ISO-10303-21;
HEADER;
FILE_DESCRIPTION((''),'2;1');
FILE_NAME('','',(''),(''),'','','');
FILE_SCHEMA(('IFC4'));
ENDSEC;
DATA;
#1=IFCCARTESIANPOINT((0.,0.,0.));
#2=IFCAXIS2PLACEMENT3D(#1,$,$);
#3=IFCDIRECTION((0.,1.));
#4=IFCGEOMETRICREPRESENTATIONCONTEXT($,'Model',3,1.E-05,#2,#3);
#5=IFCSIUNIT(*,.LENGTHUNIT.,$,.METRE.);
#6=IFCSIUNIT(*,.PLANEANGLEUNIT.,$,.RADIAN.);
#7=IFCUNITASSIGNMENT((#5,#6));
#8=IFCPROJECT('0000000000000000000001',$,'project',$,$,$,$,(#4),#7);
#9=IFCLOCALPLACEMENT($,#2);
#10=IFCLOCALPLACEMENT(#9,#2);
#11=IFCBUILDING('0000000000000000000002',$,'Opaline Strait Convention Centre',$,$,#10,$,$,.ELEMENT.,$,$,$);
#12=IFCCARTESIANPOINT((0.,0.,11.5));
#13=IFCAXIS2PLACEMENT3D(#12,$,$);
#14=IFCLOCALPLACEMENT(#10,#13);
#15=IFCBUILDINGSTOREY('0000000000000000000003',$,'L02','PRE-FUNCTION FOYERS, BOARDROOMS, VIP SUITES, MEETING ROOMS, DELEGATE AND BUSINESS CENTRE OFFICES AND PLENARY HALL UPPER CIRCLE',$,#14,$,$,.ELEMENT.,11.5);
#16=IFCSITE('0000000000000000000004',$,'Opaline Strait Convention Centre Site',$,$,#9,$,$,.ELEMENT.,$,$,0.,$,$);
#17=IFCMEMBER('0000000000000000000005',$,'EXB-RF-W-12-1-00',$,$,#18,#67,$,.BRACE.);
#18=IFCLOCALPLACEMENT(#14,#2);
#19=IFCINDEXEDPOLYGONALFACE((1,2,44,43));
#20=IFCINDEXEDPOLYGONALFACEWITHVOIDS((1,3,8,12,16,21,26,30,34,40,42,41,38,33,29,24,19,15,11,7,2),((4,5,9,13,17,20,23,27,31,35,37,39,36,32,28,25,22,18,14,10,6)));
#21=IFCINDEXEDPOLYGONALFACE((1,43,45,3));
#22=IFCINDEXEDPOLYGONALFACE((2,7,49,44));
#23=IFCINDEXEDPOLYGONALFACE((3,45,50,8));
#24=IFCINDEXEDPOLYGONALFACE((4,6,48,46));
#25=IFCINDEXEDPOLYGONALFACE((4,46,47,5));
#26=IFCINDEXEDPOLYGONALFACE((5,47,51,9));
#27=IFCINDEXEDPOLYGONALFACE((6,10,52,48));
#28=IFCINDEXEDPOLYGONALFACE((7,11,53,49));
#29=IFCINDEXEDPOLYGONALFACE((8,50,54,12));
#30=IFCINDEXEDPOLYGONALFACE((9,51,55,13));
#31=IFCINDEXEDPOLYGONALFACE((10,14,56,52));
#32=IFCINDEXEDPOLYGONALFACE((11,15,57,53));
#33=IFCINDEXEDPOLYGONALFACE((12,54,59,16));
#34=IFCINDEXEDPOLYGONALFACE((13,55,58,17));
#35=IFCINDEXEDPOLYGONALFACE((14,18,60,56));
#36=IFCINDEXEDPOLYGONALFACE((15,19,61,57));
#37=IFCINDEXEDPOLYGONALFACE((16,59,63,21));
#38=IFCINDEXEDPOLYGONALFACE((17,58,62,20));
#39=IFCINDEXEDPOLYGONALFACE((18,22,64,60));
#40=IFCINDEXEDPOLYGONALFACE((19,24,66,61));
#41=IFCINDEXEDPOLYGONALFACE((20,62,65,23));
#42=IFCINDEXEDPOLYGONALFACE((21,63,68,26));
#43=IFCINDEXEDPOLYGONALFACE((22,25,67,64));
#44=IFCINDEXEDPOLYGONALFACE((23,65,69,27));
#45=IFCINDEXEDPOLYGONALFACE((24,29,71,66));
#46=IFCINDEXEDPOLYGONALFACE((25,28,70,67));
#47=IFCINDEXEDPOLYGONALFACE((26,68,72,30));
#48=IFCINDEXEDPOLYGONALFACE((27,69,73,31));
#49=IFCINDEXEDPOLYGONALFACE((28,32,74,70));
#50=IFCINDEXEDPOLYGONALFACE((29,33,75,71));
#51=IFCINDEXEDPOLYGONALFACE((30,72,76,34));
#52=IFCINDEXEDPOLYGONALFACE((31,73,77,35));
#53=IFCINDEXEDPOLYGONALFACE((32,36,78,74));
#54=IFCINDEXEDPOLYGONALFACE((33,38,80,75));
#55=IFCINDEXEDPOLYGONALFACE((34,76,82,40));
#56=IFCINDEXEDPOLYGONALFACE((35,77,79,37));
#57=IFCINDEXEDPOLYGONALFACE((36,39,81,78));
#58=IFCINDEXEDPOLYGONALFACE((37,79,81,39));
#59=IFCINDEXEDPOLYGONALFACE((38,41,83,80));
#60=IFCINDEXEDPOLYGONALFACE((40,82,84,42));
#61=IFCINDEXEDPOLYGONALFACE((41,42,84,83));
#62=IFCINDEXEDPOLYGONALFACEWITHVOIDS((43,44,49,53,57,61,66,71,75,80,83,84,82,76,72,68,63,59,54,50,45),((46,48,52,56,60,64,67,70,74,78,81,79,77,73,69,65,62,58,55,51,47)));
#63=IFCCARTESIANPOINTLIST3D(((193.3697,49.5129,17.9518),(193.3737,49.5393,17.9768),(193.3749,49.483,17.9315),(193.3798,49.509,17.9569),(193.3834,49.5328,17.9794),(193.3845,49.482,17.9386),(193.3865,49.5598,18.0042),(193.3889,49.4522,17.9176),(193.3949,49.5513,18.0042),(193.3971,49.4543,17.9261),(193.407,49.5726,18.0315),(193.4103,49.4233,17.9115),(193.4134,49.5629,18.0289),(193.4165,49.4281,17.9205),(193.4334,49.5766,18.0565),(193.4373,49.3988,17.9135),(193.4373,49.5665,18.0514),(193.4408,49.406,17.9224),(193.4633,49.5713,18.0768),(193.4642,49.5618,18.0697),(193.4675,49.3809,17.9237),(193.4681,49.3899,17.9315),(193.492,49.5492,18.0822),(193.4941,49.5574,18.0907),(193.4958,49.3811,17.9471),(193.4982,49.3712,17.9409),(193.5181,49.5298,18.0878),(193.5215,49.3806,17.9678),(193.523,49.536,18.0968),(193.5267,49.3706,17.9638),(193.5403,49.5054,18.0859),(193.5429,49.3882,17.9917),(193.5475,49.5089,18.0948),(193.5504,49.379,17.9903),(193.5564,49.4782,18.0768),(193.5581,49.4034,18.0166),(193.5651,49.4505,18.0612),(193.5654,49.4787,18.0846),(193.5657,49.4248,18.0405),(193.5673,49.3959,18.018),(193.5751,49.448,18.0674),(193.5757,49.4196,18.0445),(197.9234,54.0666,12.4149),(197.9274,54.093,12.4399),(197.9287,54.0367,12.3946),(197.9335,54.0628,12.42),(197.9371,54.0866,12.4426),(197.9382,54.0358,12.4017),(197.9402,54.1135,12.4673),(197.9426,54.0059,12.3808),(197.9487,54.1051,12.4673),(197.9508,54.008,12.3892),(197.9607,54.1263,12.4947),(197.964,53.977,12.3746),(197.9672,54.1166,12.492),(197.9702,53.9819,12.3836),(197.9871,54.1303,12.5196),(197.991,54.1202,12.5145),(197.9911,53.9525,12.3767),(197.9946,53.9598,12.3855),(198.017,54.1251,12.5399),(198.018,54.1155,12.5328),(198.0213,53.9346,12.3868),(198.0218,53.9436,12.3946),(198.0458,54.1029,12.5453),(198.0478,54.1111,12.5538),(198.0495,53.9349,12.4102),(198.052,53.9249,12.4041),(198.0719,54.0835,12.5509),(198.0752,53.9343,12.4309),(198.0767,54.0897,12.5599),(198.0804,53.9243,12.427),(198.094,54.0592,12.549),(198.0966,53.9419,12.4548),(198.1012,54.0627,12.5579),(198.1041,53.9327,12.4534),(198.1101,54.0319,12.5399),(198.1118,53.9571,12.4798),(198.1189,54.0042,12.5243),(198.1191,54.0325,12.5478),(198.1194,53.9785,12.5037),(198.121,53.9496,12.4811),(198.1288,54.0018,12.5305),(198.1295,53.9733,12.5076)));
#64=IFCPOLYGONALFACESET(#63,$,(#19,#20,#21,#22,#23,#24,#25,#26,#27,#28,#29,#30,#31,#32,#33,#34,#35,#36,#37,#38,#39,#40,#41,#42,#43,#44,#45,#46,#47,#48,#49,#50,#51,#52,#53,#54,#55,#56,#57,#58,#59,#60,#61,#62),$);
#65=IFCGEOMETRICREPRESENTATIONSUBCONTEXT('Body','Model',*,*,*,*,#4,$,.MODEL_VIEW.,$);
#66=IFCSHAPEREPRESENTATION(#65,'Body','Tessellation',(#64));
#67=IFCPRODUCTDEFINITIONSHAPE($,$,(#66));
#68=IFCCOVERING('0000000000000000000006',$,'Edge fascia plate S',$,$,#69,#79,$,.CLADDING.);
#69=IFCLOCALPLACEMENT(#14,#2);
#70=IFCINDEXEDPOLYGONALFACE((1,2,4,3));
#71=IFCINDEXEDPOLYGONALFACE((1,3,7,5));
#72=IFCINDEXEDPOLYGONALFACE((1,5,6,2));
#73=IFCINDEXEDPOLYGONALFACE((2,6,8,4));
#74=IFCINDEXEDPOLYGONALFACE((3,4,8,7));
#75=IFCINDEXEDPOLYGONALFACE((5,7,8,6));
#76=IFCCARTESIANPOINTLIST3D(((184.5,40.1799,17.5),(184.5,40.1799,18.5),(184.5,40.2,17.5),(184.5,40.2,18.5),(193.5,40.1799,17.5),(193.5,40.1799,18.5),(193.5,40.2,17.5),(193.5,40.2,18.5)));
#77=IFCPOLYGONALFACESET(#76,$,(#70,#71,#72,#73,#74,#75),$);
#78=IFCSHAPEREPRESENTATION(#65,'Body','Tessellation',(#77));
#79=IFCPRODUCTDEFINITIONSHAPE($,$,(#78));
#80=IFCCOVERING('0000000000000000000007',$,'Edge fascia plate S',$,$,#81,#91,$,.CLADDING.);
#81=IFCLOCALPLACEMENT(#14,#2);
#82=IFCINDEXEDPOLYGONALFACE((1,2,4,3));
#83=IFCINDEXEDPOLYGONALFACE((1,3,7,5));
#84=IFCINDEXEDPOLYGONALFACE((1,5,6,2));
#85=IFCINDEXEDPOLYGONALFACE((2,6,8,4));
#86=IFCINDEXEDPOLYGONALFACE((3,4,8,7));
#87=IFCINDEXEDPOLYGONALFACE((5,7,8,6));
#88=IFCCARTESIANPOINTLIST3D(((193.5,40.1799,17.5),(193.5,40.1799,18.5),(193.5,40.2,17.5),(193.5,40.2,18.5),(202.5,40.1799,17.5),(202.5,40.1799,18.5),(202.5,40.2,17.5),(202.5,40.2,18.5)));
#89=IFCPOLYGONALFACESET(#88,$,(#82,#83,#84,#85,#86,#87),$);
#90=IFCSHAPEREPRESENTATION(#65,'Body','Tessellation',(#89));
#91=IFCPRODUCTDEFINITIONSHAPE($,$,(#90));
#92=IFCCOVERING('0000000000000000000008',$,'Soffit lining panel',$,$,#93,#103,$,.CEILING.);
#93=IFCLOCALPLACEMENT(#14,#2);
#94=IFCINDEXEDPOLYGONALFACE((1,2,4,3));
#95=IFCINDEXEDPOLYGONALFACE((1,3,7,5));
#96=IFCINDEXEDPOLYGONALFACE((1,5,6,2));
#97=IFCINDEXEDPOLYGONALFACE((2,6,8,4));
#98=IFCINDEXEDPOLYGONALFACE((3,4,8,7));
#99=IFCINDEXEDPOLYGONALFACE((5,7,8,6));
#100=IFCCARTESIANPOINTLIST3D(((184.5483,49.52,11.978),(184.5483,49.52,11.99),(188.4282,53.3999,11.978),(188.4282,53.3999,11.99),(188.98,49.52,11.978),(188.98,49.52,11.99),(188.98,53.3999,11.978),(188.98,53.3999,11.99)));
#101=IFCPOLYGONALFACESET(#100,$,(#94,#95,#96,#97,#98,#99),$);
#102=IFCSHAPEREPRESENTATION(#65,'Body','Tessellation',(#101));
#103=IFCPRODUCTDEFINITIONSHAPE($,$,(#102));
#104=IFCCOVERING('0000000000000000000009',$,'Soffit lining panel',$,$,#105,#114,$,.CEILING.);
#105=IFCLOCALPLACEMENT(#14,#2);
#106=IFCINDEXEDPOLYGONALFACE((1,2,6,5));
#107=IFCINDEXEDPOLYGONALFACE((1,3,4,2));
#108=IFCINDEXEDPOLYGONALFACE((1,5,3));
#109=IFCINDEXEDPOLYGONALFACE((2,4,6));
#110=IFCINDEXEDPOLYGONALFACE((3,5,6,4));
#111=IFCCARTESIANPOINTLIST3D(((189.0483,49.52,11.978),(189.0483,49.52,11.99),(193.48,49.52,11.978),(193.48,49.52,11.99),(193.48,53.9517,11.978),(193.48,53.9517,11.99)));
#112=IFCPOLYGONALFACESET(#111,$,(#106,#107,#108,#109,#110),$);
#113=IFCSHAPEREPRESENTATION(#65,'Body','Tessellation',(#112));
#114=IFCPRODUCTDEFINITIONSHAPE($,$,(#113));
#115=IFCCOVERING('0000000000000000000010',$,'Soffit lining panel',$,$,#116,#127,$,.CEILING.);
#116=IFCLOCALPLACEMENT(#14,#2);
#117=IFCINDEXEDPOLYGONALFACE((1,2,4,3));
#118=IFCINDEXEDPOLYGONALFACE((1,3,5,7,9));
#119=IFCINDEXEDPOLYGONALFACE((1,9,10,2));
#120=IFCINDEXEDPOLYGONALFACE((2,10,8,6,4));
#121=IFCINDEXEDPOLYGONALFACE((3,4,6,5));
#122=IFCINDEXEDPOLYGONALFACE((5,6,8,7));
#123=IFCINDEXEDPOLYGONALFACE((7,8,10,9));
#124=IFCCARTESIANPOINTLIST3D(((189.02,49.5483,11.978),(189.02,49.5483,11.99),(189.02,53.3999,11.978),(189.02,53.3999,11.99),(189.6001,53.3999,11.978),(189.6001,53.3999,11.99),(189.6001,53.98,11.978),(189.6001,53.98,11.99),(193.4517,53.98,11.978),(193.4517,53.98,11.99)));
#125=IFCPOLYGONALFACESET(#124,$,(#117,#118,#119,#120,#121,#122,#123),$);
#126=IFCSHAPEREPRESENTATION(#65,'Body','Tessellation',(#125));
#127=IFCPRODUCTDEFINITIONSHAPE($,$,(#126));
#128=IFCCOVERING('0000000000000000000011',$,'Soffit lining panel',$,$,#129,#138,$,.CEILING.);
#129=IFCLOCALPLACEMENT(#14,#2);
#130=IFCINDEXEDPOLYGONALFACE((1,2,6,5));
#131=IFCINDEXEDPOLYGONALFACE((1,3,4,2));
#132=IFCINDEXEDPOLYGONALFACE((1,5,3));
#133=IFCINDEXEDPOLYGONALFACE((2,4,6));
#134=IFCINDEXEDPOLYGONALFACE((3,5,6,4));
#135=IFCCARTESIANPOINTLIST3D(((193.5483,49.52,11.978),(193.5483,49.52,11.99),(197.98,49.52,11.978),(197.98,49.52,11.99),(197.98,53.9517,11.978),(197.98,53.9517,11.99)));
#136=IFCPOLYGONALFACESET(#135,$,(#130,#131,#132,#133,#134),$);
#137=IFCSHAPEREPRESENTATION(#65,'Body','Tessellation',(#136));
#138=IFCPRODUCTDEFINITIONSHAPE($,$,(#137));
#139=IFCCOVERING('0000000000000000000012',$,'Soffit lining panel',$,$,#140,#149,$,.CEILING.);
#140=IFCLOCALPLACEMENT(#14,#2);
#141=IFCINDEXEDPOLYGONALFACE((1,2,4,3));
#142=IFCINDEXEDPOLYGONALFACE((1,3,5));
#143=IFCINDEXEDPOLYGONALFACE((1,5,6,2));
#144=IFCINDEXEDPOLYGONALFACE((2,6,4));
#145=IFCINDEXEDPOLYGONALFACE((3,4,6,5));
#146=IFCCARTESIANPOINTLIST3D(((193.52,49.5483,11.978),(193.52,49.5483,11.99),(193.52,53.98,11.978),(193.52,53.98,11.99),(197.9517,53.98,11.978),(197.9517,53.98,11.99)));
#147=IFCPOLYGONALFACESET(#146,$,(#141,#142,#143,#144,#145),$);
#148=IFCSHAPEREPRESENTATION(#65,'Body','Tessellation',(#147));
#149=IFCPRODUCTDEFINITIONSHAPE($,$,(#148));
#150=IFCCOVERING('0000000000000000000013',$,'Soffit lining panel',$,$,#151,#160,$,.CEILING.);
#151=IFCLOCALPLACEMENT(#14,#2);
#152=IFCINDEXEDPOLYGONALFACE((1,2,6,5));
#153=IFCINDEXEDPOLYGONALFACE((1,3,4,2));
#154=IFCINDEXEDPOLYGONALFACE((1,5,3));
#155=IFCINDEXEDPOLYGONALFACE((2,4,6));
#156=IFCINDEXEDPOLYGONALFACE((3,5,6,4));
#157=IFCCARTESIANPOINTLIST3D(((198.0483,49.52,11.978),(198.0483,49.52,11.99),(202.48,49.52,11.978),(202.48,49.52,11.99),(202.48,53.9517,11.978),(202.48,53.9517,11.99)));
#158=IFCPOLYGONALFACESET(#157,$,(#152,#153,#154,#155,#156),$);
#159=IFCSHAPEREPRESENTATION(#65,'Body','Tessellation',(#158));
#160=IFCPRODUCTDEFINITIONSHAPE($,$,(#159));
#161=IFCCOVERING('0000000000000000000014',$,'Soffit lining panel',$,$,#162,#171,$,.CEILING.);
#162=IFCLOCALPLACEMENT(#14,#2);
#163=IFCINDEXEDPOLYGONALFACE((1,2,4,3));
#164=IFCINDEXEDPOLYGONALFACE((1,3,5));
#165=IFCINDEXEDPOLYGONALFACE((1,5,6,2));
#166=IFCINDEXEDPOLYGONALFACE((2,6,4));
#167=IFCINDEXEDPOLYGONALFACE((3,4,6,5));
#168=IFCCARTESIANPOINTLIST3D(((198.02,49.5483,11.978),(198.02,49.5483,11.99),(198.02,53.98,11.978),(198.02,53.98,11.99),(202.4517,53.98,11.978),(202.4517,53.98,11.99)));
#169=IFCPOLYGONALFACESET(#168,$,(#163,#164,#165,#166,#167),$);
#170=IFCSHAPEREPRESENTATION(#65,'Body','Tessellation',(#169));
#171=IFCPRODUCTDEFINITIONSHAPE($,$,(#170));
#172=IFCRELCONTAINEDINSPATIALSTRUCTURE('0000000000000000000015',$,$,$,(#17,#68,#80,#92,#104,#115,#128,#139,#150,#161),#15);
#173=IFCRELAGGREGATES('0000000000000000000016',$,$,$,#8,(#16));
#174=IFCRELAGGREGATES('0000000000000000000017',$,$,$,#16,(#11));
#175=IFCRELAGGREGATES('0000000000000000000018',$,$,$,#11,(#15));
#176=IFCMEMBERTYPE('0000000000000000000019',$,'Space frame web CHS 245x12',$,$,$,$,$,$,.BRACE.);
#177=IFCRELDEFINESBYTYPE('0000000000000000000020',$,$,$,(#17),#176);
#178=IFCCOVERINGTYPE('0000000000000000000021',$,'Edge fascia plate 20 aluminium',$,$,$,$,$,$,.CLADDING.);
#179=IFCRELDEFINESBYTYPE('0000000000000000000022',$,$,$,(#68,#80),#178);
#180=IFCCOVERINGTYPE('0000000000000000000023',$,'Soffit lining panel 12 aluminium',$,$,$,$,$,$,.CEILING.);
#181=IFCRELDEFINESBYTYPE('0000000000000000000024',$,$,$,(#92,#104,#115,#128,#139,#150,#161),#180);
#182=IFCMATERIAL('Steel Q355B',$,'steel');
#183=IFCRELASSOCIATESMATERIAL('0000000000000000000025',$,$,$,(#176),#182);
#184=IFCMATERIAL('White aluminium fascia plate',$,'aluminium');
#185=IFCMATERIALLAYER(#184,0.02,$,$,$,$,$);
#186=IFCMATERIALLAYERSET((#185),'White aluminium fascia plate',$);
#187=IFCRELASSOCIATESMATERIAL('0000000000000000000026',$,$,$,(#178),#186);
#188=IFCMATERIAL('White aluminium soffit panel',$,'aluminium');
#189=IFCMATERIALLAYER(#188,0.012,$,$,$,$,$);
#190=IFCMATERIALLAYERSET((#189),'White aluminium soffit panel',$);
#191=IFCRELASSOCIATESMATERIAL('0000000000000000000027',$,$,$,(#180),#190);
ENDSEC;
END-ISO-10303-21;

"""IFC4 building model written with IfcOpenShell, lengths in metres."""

from ifc_helpers import new_model, si_unit, direction, frame, origin, origin_2d, place, context, subcontext, project, spatial, polyline, hollow_circle, outline, extrude, material, layer, layer_set, material_profile, profile_set, type_object, element, save


model = new_model("IFC4")

# Units and contexts
model_context = context("Model", 3, precision=1e-05, world=origin(), true_north=direction((0.0, 1.0)))
body_context = subcontext(model_context, "Body", "Model", "MODEL_VIEW")
ifc_project = project(units=[si_unit("LENGTHUNIT", "METRE"), si_unit("PLANEANGLEUNIT", "RADIAN")], contexts=[model_context])

# Site, building, storey
site_placement = place(None, origin())
site = spatial("IfcSite", under=ifc_project, at=site_placement, Name="Opaline Strait Convention Centre Site", CompositionType="ELEMENT", RefElevation=0.0)
building_placement = place(site_placement, origin())
building = spatial("IfcBuilding", under=site, at=building_placement, Name="Opaline Strait Convention Centre", CompositionType="ELEMENT")
storey_placement = place(building_placement, frame((0.0, 0.0, 11.5)))
storey = spatial("IfcBuildingStorey", under=building, at=storey_placement, Name="L02", Description="PRE-FUNCTION FOYERS, BOARDROOMS, VIP SUITES, MEETING ROOMS, DELEGATE AND BUSINESS CENTRE OFFICES AND PLENARY HALL UPPER CIRCLE", CompositionType="ELEMENT", Elevation=11.5)

# Member
ifc_material_1 = material(Name="Steel Q355B", Category="steel")
ifc_material_profile_1 = material_profile(ifc_material_1, hollow_circle(Radius=0.1226, WallThickness=0.012, at=origin_2d()), Name="CHS 245x12")
ifc_profile_set_1 = profile_set([ifc_material_profile_1], Name="Steel Q355B")
member_type_1 = type_object("IfcMemberType", Name="Space frame web CHS 245x12", PredefinedType="BRACE", material=ifc_profile_set_1)
for number, where, z_axis, x_axis, name in (
    (1, (193.4731, 49.4731, 18.0042), (0.536178, 0.536178, -0.65194), (-0.707107, 0.707107, 0.0), "EXB-RF-W-12-1-00"),
):
    element("IfcMember", number, at=place(storey_placement, frame(where, z_axis=z_axis, x_axis=x_axis)), inside=storey, type_object=member_type_1, Name=name, PredefinedType="BRACE", context=body_context, shape_type="SweptSolid", body=[
        extrude(hollow_circle(Radius=0.1226, WallThickness=0.012, at=origin_2d()), origin(), (0.0, 0.0, 1.0), 8.4929),
    ])

# Coverings
ifc_material_2 = material(Name="White aluminium fascia plate", Category="aluminium")
ifc_layer_1 = layer(ifc_material_2, 0.02)
ifc_layer_set_1 = layer_set([ifc_layer_1], Name="White aluminium fascia plate")
covering_type_1 = type_object("IfcCoveringType", Name="Edge fascia plate 20 aluminium", PredefinedType="CLADDING", material=ifc_layer_set_1)
for number, where, z_axis, x_axis, name in (
    (2, (189.0, 40.2, 18.0), (0.0, -1.0, 0.0), (1.0, 0.0, 0.0), "Edge fascia plate S"),
    (3, (198.0, 40.2, 18.0), (0.0, -1.0, 0.0), (1.0, 0.0, 0.0), "Edge fascia plate S"),
):
    element("IfcCovering", number, at=place(storey_placement, frame(where, z_axis=z_axis, x_axis=x_axis)), inside=storey, type_object=covering_type_1, Name=name, PredefinedType="CLADDING", context=body_context, shape_type="SweptSolid", body=[
        extrude(outline(polyline([(-4.5, 0.5), (4.5, 0.5), (4.5, -0.5), (-4.5, -0.5), (-4.5, 0.5)])), origin(), (0.0, 0.0, 1.0), 0.02),
    ])
ifc_material_3 = material(Name="White aluminium soffit panel", Category="aluminium")
ifc_layer_2 = layer(ifc_material_3, 0.012)
ifc_layer_set_2 = layer_set([ifc_layer_2], Name="White aluminium soffit panel")
covering_type_2 = type_object("IfcCoveringType", Name="Soffit lining panel 12 aluminium", PredefinedType="CEILING", material=ifc_layer_set_2)
covering_1_placement = place(storey_placement, frame((188.98, 49.52, 11.99), z_axis=(0.0, 0.0, 1.0), x_axis=(-1.0, 0.0, 0.0)))
element("IfcCovering", 4, at=covering_1_placement, inside=storey, type_object=covering_type_2, Name="Soffit lining panel", PredefinedType="CEILING", context=body_context, shape_type="SweptSolid", body=[
    extrude(outline(polyline([(0.0, 0.0), (4.4316, 0.0), (0.5518, -3.8799), (0.0, -3.8799), (0.0, 0.0)])), origin(), (0.0, 0.0, -1.0), 0.012),
])
covering_2_placement = place(storey_placement, frame((189.0483, 49.52, 11.99), z_axis=(0.0, 0.0, 1.0), x_axis=(0.707107, 0.707107, 0.0)))
element("IfcCovering", 5, at=covering_2_placement, inside=storey, type_object=covering_type_2, Name="Soffit lining panel", PredefinedType="CEILING", context=body_context, shape_type="SweptSolid", body=[
    extrude(outline(polyline([(0.0, 0.0), (6.2673, 0.0), (3.1336, -3.1336), (0.0, 0.0)])), origin(), (0.0, 0.0, -1.0), 0.012),
])
covering_3_placement = place(storey_placement, frame((189.02, 49.5483, 11.99), z_axis=(0.0, 0.0, 1.0), x_axis=(0.0, 1.0, 0.0)))
element("IfcCovering", 6, at=covering_3_placement, inside=storey, type_object=covering_type_2, Name="Soffit lining panel", PredefinedType="CEILING", context=body_context, shape_type="SweptSolid", body=[
    extrude(outline(polyline([(0.0, 0.0), (3.8516, 0.0), (3.8516, -0.5801), (4.4316, -0.5801), (4.4316, -4.4316), (0.0, 0.0)])), origin(), (0.0, 0.0, -1.0), 0.012),
])
covering_4_placement = place(storey_placement, frame((193.5483, 49.52, 11.99), z_axis=(0.0, 0.0, 1.0), x_axis=(0.707107, 0.707107, 0.0)))
element("IfcCovering", 7, at=covering_4_placement, inside=storey, type_object=covering_type_2, Name="Soffit lining panel", PredefinedType="CEILING", context=body_context, shape_type="SweptSolid", body=[
    extrude(outline(polyline([(0.0, 0.0), (6.2673, 0.0), (3.1336, -3.1336), (0.0, 0.0)])), origin(), (0.0, 0.0, -1.0), 0.012),
])
covering_5_placement = place(storey_placement, frame((193.52, 49.5483, 11.99), z_axis=(0.0, 0.0, 1.0), x_axis=(0.0, 1.0, 0.0)))
element("IfcCovering", 8, at=covering_5_placement, inside=storey, type_object=covering_type_2, Name="Soffit lining panel", PredefinedType="CEILING", context=body_context, shape_type="SweptSolid", body=[
    extrude(outline(polyline([(0.0, 0.0), (4.4316, 0.0), (4.4316, -4.4316), (0.0, 0.0)])), origin(), (0.0, 0.0, -1.0), 0.012),
])
covering_6_placement = place(storey_placement, frame((198.0483, 49.52, 11.99), z_axis=(0.0, 0.0, 1.0), x_axis=(0.707107, 0.707107, 0.0)))
element("IfcCovering", 9, at=covering_6_placement, inside=storey, type_object=covering_type_2, Name="Soffit lining panel", PredefinedType="CEILING", context=body_context, shape_type="SweptSolid", body=[
    extrude(outline(polyline([(0.0, 0.0), (6.2673, 0.0), (3.1336, -3.1336), (0.0, 0.0)])), origin(), (0.0, 0.0, -1.0), 0.012),
])
covering_7_placement = place(storey_placement, frame((198.02, 49.5483, 11.99), z_axis=(0.0, 0.0, 1.0), x_axis=(0.0, 1.0, 0.0)))
element("IfcCovering", 10, at=covering_7_placement, inside=storey, type_object=covering_type_2, Name="Soffit lining panel", PredefinedType="CEILING", context=body_context, shape_type="SweptSolid", body=[
    extrude(outline(polyline([(0.0, 0.0), (4.4316, 0.0), (4.4316, -4.4316), (0.0, 0.0)])), origin(), (0.0, 0.0, -1.0), 0.012),
])

save(model, "model.ifc")
